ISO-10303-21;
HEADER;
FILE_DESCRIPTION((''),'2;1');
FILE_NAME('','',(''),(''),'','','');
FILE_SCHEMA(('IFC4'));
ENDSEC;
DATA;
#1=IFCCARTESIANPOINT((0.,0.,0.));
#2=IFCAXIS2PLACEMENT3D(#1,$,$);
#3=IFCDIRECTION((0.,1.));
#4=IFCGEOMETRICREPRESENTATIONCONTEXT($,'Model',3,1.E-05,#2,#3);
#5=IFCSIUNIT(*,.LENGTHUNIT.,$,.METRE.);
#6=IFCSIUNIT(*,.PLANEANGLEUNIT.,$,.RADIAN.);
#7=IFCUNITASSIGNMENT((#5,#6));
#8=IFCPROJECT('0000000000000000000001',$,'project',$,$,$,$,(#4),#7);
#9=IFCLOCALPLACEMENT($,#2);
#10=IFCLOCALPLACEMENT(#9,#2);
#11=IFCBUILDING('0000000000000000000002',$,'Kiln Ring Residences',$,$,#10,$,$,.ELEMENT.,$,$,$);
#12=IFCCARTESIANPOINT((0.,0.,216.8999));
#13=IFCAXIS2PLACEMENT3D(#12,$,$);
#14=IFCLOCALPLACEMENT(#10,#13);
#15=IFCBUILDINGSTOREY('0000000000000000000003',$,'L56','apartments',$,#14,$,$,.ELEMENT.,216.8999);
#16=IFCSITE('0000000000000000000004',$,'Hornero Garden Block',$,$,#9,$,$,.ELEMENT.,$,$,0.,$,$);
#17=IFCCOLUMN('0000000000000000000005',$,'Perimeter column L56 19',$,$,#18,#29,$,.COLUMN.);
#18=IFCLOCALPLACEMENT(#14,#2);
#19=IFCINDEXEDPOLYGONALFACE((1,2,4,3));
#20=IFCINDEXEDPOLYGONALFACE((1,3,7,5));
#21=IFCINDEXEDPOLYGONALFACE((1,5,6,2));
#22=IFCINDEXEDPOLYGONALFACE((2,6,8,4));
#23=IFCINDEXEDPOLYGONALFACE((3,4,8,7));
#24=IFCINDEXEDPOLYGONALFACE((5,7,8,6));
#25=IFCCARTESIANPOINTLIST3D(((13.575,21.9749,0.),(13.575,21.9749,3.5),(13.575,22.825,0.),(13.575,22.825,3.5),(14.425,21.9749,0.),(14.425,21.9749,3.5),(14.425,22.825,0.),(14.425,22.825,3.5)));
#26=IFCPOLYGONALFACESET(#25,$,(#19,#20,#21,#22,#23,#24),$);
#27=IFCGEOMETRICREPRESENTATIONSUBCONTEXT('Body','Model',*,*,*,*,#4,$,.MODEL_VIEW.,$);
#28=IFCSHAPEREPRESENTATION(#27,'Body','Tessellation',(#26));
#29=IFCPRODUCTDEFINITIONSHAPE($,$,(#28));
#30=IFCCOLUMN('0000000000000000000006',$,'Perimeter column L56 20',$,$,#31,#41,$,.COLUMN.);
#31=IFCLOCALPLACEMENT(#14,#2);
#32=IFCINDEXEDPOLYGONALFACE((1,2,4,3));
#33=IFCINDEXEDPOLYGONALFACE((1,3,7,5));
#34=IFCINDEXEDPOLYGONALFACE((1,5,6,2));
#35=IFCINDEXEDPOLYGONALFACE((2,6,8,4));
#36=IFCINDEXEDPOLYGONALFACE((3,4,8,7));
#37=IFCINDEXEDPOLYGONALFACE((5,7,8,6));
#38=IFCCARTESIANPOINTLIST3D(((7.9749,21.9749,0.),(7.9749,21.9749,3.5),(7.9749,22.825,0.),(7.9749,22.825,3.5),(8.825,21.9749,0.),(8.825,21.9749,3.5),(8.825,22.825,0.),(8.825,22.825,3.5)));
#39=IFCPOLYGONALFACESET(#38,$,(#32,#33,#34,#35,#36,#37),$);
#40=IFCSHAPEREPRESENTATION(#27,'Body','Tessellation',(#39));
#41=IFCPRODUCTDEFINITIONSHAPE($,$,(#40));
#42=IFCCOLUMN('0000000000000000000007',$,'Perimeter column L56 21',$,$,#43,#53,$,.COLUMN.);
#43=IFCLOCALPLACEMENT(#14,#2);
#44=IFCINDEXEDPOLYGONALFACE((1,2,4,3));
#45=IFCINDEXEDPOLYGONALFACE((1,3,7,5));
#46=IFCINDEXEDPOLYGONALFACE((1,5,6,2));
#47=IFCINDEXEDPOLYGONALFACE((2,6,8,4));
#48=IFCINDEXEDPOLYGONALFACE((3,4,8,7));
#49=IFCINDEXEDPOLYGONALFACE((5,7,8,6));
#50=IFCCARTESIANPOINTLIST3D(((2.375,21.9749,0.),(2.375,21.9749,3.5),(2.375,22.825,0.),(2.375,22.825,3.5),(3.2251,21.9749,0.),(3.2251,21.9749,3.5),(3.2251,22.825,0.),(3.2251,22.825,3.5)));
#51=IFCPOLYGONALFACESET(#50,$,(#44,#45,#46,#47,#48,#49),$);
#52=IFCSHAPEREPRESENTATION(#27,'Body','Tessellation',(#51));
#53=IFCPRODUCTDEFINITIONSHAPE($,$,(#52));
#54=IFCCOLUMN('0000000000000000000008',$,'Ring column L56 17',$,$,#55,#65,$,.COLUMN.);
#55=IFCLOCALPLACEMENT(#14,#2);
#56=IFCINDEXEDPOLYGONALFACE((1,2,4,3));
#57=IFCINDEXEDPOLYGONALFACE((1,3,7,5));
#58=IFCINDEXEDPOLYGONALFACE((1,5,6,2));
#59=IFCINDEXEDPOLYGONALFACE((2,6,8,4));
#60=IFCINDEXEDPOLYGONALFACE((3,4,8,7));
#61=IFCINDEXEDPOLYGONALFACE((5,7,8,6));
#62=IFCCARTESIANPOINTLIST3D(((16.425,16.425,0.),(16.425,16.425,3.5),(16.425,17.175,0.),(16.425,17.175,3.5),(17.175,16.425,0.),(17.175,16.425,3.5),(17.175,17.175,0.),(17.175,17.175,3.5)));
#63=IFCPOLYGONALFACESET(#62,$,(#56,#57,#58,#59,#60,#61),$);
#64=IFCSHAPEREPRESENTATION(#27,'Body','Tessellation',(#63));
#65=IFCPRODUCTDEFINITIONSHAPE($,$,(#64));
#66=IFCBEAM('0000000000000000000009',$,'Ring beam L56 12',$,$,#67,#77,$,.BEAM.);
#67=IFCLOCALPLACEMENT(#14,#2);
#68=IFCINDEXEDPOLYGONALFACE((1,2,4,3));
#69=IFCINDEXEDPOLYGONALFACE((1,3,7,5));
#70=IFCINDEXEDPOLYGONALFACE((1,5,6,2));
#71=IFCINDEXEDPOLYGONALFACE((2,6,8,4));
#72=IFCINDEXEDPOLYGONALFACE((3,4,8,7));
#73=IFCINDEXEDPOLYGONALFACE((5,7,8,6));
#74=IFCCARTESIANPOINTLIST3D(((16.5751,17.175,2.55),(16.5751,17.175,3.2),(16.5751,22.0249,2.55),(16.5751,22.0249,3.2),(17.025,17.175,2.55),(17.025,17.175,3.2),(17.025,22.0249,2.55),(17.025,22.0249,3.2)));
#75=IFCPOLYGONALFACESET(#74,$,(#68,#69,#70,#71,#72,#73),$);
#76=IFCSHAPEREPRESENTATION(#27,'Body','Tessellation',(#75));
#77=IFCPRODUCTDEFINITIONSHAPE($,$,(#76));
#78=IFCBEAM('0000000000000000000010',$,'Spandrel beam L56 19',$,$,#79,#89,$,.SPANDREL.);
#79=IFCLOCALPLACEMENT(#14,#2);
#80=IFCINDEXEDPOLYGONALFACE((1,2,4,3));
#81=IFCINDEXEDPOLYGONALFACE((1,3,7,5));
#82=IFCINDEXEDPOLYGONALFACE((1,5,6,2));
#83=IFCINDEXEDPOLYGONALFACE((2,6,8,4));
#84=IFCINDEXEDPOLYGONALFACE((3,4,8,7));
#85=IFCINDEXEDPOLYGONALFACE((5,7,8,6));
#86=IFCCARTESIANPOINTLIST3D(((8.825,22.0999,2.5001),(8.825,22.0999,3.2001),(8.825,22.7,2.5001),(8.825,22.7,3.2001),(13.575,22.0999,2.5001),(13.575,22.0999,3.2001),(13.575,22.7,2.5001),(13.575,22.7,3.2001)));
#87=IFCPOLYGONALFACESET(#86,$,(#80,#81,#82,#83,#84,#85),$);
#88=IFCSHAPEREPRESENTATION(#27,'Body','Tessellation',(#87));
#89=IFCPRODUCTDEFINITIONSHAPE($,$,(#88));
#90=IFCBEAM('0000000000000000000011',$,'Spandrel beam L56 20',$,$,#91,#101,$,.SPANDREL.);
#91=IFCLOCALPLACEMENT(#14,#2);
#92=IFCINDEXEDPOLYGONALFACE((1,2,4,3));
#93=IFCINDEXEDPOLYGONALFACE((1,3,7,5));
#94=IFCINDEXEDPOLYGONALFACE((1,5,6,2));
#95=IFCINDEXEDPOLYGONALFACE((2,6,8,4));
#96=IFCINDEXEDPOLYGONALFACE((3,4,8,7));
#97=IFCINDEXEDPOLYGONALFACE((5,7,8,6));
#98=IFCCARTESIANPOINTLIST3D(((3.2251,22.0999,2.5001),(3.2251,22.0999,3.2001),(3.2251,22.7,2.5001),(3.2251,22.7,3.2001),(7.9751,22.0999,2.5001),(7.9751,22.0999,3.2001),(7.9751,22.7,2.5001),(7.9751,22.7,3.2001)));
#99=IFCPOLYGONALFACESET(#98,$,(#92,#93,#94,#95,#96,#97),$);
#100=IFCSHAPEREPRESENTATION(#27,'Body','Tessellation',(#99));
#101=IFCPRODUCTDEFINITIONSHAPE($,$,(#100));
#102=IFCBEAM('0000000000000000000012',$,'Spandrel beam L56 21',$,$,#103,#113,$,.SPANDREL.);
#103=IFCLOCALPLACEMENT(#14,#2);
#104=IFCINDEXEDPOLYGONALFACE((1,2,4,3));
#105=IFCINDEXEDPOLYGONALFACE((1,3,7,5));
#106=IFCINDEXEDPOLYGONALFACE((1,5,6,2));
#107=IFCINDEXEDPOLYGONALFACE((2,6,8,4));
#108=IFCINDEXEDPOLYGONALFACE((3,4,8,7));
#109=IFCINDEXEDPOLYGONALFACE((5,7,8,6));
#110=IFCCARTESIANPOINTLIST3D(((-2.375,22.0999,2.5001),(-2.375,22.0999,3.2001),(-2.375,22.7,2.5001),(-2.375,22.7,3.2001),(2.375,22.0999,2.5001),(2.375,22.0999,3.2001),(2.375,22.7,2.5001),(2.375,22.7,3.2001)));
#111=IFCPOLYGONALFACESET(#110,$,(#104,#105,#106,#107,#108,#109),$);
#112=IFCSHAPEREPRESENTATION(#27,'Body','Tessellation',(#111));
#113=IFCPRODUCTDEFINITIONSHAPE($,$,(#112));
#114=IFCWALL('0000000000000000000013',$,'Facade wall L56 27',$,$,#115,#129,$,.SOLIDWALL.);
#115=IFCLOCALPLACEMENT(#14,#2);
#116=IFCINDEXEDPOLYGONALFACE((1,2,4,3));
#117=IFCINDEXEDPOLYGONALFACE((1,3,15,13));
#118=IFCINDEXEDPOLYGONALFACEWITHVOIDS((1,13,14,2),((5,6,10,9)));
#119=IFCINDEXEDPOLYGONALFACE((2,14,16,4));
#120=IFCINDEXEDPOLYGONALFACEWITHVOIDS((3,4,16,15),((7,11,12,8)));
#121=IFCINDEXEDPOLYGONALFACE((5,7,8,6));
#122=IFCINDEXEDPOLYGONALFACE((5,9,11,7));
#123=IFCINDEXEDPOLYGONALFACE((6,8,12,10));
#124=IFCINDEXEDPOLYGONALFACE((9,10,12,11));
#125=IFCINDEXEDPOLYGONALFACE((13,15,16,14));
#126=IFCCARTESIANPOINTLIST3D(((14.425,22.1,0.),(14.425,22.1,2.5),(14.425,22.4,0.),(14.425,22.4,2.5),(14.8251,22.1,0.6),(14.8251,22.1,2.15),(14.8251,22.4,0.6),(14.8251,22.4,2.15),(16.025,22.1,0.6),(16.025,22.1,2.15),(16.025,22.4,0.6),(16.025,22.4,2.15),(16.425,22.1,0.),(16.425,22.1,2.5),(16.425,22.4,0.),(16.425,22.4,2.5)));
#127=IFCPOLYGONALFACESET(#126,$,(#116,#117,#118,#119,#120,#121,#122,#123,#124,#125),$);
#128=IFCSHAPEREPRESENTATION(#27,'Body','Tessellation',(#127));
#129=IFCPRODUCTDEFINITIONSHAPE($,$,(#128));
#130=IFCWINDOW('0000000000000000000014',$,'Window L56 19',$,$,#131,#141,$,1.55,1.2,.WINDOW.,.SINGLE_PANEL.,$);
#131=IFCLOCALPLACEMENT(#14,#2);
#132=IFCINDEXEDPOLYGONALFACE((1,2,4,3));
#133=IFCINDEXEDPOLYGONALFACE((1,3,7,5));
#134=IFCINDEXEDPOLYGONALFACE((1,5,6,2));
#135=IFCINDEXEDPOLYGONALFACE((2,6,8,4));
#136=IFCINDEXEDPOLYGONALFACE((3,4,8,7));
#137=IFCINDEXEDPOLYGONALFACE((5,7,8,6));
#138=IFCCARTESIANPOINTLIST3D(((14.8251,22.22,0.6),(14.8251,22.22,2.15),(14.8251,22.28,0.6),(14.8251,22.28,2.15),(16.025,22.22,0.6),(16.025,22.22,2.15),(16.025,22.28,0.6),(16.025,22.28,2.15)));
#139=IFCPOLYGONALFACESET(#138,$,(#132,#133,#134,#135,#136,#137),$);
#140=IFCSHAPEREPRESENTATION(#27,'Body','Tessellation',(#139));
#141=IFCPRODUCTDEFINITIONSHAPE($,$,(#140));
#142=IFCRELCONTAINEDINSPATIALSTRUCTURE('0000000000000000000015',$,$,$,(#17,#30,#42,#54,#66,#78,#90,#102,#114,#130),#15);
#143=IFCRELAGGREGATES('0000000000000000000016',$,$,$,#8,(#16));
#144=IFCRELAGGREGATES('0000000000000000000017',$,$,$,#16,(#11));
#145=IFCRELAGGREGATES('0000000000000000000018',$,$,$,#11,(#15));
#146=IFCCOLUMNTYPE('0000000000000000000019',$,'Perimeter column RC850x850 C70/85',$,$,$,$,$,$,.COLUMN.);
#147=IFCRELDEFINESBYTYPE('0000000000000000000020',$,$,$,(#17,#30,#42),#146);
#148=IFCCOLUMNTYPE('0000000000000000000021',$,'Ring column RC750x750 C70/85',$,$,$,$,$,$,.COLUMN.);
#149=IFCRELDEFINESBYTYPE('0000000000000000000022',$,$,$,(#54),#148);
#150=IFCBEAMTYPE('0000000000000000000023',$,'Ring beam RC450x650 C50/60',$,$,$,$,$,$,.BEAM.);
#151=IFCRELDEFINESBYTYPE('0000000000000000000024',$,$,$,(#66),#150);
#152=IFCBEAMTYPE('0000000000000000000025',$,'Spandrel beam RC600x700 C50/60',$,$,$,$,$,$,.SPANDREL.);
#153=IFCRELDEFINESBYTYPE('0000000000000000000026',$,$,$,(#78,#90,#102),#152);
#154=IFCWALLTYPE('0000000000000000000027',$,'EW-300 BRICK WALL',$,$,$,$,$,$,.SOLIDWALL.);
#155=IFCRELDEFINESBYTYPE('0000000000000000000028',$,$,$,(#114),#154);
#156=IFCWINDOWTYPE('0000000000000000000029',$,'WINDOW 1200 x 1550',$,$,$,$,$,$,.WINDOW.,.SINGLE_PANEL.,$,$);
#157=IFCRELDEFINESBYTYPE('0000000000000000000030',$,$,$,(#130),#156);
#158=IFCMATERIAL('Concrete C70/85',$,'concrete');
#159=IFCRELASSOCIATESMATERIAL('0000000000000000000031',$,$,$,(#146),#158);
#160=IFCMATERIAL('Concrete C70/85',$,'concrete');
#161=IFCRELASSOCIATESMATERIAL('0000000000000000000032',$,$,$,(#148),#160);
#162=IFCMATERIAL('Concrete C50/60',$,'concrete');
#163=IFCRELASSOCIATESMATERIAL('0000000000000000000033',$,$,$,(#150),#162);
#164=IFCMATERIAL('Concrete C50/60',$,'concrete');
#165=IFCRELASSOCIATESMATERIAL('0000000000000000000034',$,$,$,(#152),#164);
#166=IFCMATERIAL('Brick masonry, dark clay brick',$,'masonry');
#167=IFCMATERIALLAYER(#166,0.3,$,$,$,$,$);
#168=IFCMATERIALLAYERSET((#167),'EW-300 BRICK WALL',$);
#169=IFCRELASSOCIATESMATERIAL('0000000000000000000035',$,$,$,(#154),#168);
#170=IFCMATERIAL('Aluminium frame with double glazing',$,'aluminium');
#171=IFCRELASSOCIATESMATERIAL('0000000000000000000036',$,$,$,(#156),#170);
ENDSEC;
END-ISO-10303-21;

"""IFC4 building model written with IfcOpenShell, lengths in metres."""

from ifc_helpers import new_model, si_unit, direction, frame, frame_2d, origin, origin_2d, place, context, subcontext, project, spatial, rectangle, extrude, material, layer, layer_set, material_profile, profile_set, type_object, element, fill, save


model = new_model("IFC4")

# Units and contexts
model_context = context("Model", 3, precision=1e-05, world=origin(), true_north=direction((0.0, 1.0)))
body_context = subcontext(model_context, "Body", "Model", "MODEL_VIEW")
ifc_project = project(units=[si_unit("LENGTHUNIT", "METRE"), si_unit("PLANEANGLEUNIT", "RADIAN")], contexts=[model_context])

# Site, building, storey
site_placement = place(None, origin())
site = spatial("IfcSite", under=ifc_project, at=site_placement, Name="Hornero Garden Block", CompositionType="ELEMENT", RefElevation=0.0)
building_placement = place(site_placement, origin())
building = spatial("IfcBuilding", under=site, at=building_placement, Name="Kiln Ring Residences", CompositionType="ELEMENT")
storey_placement = place(building_placement, frame((0.0, 0.0, 216.8999)))
storey = spatial("IfcBuildingStorey", under=building, at=storey_placement, Name="L56", Description="apartments", CompositionType="ELEMENT", Elevation=216.8999)

# Columns
ifc_material_1 = material(Name="Concrete C70/85", Category="concrete")
ifc_material_profile_1 = material_profile(ifc_material_1, rectangle(XDim=0.8501, YDim=0.8501, at=origin_2d()), Name="RC850x850")
ifc_profile_set_1 = profile_set([ifc_material_profile_1], Name="Concrete C70/85")
column_type_1 = type_object("IfcColumnType", Name="Perimeter column RC850x850 C70/85", PredefinedType="COLUMN", material=ifc_profile_set_1)
for number, where, z_axis, x_axis, name in (
    (1, (14.0, 22.3999, 0.0), (0.0, 0.0, 1.0), (1.0, 0.0, 0.0), "Perimeter column L56 19"),
    (2, (8.3999, 22.3999, 0.0), (0.0, 0.0, 1.0), (1.0, 0.0, 0.0), "Perimeter column L56 20"),
    (3, (2.8, 22.3999, 0.0), (0.0, 0.0, 1.0), (1.0, 0.0, 0.0), "Perimeter column L56 21"),
):
    element("IfcColumn", number, at=place(storey_placement, frame(where, z_axis=z_axis, x_axis=x_axis)), inside=storey, type_object=column_type_1, Name=name, PredefinedType="COLUMN", context=body_context, shape_type="SweptSolid", body=[
        extrude(rectangle(XDim=0.8501, YDim=0.8501, at=origin_2d()), origin(), (0.0, 0.0, 1.0), 3.5),
    ])
ifc_material_2 = material(Name="Concrete C70/85", Category="concrete")
ifc_material_profile_2 = material_profile(ifc_material_2, rectangle(XDim=0.75, YDim=0.75, at=origin_2d()), Name="RC750x750")
ifc_profile_set_2 = profile_set([ifc_material_profile_2], Name="Concrete C70/85")
column_type_2 = type_object("IfcColumnType", Name="Ring column RC750x750 C70/85", PredefinedType="COLUMN", material=ifc_profile_set_2)
column_placement = place(storey_placement, frame((16.8, 16.8, 0.0), z_axis=(0.0, 0.0, 1.0), x_axis=(1.0, 0.0, 0.0)))
element("IfcColumn", 4, at=column_placement, inside=storey, type_object=column_type_2, Name="Ring column L56 17", PredefinedType="COLUMN", context=body_context, shape_type="SweptSolid", body=[
    extrude(rectangle(XDim=0.75, YDim=0.75, at=origin_2d()), origin(), (0.0, 0.0, 1.0), 3.5),
])

# Beams
ifc_material_3 = material(Name="Concrete C50/60", Category="concrete")
ifc_material_profile_3 = material_profile(ifc_material_3, rectangle(XDim=0.45, YDim=0.6499, at=origin_2d()), Name="RC450x650")
ifc_profile_set_3 = profile_set([ifc_material_profile_3], Name="Concrete C50/60")
beam_type_1 = type_object("IfcBeamType", Name="Ring beam RC450x650 C50/60", PredefinedType="BEAM", material=ifc_profile_set_3)
beam_placement = place(storey_placement, frame((16.8, 17.175, 2.875), z_axis=(0.0, 1.0, 0.0), x_axis=(-1.0, 0.0, 0.0)))
element("IfcBeam", 5, at=beam_placement, inside=storey, type_object=beam_type_1, Name="Ring beam L56 12", PredefinedType="BEAM", context=body_context, shape_type="SweptSolid", body=[
    extrude(rectangle(XDim=0.45, YDim=0.6499, at=origin_2d()), origin(), (0.0, 0.0, 1.0), 4.8499),
])
ifc_material_4 = material(Name="Concrete C50/60", Category="concrete")
ifc_material_profile_4 = material_profile(ifc_material_4, rectangle(XDim=0.6001, YDim=0.7, at=origin_2d()), Name="RC600x700")
ifc_profile_set_4 = profile_set([ifc_material_profile_4], Name="Concrete C50/60")
beam_type_2 = type_object("IfcBeamType", Name="Spandrel beam RC600x700 C50/60", PredefinedType="SPANDREL", material=ifc_profile_set_4)
for number, where, z_axis, x_axis, name in (
    (6, (13.575, 22.3999, 2.8501), (-1.0, 0.0, 0.0), (0.0, -1.0, 0.0), "Spandrel beam L56 19"),
    (7, (7.9751, 22.3999, 2.8501), (-1.0, 0.0, 0.0), (0.0, -1.0, 0.0), "Spandrel beam L56 20"),
    (8, (2.375, 22.3999, 2.8501), (-1.0, 0.0, 0.0), (0.0, -1.0, 0.0), "Spandrel beam L56 21"),
):
    element("IfcBeam", number, at=place(storey_placement, frame(where, z_axis=z_axis, x_axis=x_axis)), inside=storey, type_object=beam_type_2, Name=name, PredefinedType="SPANDREL", context=body_context, shape_type="SweptSolid", body=[
        extrude(rectangle(XDim=0.6001, YDim=0.7, at=origin_2d()), origin(), (0.0, 0.0, 1.0), 4.75),
    ])

# Wall, opening, window
ifc_material_5 = material(Name="Brick masonry, dark clay brick", Category="masonry")
ifc_layer_1 = layer(ifc_material_5, 0.3)
ifc_layer_set_1 = layer_set([ifc_layer_1], Name="EW-300 BRICK WALL")
wall_type_1 = type_object("IfcWallType", Name="EW-300 BRICK WALL", PredefinedType="SOLIDWALL", material=ifc_layer_set_1)
wall_1_placement = place(storey_placement, frame((16.425, 22.25, 0.0), z_axis=(0.0, 0.0, 1.0), x_axis=(-1.0, 0.0, 0.0)))
wall_1 = element("IfcWall", 9, at=wall_1_placement, inside=storey, type_object=wall_type_1, Name="Facade wall L56 27", PredefinedType="SOLIDWALL", context=body_context, shape_type="SweptSolid", body=[
    extrude(rectangle(XDim=2.0, YDim=0.3, at=frame_2d((1.0, 0.0))), origin(), (0.0, 0.0, 1.0), 2.5),
])
opening_1_placement = place(wall_1_placement, frame((0.3999, 0.0, 0.6001)))
opening_1 = element("IfcOpeningElement", 10, at=opening_1_placement, cuts=wall_1, PredefinedType="OPENING", context=body_context, shape_type="SweptSolid", body=[
    extrude(rectangle(XDim=1.2, YDim=1.55, at=frame_2d((0.6001, 0.7749))), frame((0.0, 0.1599, 0.0), z_axis=(0.0, -1.0, 0.0), x_axis=(1.0, 0.0, 0.0)), (0.0, 0.0, 1.0), 0.3201),
])
ifc_material_6 = material(Name="Aluminium frame with double glazing", Category="aluminium")
window_type_1 = type_object("IfcWindowType", Name="WINDOW 1200 x 1550", PartitioningType="SINGLE_PANEL", PredefinedType="WINDOW", material=ifc_material_6)
window_1_placement = place(opening_1_placement, origin())
window_1 = element("IfcWindow", 11, at=window_1_placement, inside=storey, type_object=window_type_1, Name="Window L56 19", OverallHeight=1.55, OverallWidth=1.2, PartitioningType="SINGLE_PANEL", PredefinedType="WINDOW", context=body_context, shape_type="SweptSolid", body=[
    extrude(rectangle(XDim=1.2, YDim=1.55, at=frame_2d((0.6001, 0.7749))), frame((0.0, 0.03, 0.0), z_axis=(0.0, -1.0, 0.0), x_axis=(1.0, 0.0, 0.0)), (0.0, 0.0, 1.0), 0.0601),
])
fill(opening_1, window_1)

save(model, "model.ifc")
